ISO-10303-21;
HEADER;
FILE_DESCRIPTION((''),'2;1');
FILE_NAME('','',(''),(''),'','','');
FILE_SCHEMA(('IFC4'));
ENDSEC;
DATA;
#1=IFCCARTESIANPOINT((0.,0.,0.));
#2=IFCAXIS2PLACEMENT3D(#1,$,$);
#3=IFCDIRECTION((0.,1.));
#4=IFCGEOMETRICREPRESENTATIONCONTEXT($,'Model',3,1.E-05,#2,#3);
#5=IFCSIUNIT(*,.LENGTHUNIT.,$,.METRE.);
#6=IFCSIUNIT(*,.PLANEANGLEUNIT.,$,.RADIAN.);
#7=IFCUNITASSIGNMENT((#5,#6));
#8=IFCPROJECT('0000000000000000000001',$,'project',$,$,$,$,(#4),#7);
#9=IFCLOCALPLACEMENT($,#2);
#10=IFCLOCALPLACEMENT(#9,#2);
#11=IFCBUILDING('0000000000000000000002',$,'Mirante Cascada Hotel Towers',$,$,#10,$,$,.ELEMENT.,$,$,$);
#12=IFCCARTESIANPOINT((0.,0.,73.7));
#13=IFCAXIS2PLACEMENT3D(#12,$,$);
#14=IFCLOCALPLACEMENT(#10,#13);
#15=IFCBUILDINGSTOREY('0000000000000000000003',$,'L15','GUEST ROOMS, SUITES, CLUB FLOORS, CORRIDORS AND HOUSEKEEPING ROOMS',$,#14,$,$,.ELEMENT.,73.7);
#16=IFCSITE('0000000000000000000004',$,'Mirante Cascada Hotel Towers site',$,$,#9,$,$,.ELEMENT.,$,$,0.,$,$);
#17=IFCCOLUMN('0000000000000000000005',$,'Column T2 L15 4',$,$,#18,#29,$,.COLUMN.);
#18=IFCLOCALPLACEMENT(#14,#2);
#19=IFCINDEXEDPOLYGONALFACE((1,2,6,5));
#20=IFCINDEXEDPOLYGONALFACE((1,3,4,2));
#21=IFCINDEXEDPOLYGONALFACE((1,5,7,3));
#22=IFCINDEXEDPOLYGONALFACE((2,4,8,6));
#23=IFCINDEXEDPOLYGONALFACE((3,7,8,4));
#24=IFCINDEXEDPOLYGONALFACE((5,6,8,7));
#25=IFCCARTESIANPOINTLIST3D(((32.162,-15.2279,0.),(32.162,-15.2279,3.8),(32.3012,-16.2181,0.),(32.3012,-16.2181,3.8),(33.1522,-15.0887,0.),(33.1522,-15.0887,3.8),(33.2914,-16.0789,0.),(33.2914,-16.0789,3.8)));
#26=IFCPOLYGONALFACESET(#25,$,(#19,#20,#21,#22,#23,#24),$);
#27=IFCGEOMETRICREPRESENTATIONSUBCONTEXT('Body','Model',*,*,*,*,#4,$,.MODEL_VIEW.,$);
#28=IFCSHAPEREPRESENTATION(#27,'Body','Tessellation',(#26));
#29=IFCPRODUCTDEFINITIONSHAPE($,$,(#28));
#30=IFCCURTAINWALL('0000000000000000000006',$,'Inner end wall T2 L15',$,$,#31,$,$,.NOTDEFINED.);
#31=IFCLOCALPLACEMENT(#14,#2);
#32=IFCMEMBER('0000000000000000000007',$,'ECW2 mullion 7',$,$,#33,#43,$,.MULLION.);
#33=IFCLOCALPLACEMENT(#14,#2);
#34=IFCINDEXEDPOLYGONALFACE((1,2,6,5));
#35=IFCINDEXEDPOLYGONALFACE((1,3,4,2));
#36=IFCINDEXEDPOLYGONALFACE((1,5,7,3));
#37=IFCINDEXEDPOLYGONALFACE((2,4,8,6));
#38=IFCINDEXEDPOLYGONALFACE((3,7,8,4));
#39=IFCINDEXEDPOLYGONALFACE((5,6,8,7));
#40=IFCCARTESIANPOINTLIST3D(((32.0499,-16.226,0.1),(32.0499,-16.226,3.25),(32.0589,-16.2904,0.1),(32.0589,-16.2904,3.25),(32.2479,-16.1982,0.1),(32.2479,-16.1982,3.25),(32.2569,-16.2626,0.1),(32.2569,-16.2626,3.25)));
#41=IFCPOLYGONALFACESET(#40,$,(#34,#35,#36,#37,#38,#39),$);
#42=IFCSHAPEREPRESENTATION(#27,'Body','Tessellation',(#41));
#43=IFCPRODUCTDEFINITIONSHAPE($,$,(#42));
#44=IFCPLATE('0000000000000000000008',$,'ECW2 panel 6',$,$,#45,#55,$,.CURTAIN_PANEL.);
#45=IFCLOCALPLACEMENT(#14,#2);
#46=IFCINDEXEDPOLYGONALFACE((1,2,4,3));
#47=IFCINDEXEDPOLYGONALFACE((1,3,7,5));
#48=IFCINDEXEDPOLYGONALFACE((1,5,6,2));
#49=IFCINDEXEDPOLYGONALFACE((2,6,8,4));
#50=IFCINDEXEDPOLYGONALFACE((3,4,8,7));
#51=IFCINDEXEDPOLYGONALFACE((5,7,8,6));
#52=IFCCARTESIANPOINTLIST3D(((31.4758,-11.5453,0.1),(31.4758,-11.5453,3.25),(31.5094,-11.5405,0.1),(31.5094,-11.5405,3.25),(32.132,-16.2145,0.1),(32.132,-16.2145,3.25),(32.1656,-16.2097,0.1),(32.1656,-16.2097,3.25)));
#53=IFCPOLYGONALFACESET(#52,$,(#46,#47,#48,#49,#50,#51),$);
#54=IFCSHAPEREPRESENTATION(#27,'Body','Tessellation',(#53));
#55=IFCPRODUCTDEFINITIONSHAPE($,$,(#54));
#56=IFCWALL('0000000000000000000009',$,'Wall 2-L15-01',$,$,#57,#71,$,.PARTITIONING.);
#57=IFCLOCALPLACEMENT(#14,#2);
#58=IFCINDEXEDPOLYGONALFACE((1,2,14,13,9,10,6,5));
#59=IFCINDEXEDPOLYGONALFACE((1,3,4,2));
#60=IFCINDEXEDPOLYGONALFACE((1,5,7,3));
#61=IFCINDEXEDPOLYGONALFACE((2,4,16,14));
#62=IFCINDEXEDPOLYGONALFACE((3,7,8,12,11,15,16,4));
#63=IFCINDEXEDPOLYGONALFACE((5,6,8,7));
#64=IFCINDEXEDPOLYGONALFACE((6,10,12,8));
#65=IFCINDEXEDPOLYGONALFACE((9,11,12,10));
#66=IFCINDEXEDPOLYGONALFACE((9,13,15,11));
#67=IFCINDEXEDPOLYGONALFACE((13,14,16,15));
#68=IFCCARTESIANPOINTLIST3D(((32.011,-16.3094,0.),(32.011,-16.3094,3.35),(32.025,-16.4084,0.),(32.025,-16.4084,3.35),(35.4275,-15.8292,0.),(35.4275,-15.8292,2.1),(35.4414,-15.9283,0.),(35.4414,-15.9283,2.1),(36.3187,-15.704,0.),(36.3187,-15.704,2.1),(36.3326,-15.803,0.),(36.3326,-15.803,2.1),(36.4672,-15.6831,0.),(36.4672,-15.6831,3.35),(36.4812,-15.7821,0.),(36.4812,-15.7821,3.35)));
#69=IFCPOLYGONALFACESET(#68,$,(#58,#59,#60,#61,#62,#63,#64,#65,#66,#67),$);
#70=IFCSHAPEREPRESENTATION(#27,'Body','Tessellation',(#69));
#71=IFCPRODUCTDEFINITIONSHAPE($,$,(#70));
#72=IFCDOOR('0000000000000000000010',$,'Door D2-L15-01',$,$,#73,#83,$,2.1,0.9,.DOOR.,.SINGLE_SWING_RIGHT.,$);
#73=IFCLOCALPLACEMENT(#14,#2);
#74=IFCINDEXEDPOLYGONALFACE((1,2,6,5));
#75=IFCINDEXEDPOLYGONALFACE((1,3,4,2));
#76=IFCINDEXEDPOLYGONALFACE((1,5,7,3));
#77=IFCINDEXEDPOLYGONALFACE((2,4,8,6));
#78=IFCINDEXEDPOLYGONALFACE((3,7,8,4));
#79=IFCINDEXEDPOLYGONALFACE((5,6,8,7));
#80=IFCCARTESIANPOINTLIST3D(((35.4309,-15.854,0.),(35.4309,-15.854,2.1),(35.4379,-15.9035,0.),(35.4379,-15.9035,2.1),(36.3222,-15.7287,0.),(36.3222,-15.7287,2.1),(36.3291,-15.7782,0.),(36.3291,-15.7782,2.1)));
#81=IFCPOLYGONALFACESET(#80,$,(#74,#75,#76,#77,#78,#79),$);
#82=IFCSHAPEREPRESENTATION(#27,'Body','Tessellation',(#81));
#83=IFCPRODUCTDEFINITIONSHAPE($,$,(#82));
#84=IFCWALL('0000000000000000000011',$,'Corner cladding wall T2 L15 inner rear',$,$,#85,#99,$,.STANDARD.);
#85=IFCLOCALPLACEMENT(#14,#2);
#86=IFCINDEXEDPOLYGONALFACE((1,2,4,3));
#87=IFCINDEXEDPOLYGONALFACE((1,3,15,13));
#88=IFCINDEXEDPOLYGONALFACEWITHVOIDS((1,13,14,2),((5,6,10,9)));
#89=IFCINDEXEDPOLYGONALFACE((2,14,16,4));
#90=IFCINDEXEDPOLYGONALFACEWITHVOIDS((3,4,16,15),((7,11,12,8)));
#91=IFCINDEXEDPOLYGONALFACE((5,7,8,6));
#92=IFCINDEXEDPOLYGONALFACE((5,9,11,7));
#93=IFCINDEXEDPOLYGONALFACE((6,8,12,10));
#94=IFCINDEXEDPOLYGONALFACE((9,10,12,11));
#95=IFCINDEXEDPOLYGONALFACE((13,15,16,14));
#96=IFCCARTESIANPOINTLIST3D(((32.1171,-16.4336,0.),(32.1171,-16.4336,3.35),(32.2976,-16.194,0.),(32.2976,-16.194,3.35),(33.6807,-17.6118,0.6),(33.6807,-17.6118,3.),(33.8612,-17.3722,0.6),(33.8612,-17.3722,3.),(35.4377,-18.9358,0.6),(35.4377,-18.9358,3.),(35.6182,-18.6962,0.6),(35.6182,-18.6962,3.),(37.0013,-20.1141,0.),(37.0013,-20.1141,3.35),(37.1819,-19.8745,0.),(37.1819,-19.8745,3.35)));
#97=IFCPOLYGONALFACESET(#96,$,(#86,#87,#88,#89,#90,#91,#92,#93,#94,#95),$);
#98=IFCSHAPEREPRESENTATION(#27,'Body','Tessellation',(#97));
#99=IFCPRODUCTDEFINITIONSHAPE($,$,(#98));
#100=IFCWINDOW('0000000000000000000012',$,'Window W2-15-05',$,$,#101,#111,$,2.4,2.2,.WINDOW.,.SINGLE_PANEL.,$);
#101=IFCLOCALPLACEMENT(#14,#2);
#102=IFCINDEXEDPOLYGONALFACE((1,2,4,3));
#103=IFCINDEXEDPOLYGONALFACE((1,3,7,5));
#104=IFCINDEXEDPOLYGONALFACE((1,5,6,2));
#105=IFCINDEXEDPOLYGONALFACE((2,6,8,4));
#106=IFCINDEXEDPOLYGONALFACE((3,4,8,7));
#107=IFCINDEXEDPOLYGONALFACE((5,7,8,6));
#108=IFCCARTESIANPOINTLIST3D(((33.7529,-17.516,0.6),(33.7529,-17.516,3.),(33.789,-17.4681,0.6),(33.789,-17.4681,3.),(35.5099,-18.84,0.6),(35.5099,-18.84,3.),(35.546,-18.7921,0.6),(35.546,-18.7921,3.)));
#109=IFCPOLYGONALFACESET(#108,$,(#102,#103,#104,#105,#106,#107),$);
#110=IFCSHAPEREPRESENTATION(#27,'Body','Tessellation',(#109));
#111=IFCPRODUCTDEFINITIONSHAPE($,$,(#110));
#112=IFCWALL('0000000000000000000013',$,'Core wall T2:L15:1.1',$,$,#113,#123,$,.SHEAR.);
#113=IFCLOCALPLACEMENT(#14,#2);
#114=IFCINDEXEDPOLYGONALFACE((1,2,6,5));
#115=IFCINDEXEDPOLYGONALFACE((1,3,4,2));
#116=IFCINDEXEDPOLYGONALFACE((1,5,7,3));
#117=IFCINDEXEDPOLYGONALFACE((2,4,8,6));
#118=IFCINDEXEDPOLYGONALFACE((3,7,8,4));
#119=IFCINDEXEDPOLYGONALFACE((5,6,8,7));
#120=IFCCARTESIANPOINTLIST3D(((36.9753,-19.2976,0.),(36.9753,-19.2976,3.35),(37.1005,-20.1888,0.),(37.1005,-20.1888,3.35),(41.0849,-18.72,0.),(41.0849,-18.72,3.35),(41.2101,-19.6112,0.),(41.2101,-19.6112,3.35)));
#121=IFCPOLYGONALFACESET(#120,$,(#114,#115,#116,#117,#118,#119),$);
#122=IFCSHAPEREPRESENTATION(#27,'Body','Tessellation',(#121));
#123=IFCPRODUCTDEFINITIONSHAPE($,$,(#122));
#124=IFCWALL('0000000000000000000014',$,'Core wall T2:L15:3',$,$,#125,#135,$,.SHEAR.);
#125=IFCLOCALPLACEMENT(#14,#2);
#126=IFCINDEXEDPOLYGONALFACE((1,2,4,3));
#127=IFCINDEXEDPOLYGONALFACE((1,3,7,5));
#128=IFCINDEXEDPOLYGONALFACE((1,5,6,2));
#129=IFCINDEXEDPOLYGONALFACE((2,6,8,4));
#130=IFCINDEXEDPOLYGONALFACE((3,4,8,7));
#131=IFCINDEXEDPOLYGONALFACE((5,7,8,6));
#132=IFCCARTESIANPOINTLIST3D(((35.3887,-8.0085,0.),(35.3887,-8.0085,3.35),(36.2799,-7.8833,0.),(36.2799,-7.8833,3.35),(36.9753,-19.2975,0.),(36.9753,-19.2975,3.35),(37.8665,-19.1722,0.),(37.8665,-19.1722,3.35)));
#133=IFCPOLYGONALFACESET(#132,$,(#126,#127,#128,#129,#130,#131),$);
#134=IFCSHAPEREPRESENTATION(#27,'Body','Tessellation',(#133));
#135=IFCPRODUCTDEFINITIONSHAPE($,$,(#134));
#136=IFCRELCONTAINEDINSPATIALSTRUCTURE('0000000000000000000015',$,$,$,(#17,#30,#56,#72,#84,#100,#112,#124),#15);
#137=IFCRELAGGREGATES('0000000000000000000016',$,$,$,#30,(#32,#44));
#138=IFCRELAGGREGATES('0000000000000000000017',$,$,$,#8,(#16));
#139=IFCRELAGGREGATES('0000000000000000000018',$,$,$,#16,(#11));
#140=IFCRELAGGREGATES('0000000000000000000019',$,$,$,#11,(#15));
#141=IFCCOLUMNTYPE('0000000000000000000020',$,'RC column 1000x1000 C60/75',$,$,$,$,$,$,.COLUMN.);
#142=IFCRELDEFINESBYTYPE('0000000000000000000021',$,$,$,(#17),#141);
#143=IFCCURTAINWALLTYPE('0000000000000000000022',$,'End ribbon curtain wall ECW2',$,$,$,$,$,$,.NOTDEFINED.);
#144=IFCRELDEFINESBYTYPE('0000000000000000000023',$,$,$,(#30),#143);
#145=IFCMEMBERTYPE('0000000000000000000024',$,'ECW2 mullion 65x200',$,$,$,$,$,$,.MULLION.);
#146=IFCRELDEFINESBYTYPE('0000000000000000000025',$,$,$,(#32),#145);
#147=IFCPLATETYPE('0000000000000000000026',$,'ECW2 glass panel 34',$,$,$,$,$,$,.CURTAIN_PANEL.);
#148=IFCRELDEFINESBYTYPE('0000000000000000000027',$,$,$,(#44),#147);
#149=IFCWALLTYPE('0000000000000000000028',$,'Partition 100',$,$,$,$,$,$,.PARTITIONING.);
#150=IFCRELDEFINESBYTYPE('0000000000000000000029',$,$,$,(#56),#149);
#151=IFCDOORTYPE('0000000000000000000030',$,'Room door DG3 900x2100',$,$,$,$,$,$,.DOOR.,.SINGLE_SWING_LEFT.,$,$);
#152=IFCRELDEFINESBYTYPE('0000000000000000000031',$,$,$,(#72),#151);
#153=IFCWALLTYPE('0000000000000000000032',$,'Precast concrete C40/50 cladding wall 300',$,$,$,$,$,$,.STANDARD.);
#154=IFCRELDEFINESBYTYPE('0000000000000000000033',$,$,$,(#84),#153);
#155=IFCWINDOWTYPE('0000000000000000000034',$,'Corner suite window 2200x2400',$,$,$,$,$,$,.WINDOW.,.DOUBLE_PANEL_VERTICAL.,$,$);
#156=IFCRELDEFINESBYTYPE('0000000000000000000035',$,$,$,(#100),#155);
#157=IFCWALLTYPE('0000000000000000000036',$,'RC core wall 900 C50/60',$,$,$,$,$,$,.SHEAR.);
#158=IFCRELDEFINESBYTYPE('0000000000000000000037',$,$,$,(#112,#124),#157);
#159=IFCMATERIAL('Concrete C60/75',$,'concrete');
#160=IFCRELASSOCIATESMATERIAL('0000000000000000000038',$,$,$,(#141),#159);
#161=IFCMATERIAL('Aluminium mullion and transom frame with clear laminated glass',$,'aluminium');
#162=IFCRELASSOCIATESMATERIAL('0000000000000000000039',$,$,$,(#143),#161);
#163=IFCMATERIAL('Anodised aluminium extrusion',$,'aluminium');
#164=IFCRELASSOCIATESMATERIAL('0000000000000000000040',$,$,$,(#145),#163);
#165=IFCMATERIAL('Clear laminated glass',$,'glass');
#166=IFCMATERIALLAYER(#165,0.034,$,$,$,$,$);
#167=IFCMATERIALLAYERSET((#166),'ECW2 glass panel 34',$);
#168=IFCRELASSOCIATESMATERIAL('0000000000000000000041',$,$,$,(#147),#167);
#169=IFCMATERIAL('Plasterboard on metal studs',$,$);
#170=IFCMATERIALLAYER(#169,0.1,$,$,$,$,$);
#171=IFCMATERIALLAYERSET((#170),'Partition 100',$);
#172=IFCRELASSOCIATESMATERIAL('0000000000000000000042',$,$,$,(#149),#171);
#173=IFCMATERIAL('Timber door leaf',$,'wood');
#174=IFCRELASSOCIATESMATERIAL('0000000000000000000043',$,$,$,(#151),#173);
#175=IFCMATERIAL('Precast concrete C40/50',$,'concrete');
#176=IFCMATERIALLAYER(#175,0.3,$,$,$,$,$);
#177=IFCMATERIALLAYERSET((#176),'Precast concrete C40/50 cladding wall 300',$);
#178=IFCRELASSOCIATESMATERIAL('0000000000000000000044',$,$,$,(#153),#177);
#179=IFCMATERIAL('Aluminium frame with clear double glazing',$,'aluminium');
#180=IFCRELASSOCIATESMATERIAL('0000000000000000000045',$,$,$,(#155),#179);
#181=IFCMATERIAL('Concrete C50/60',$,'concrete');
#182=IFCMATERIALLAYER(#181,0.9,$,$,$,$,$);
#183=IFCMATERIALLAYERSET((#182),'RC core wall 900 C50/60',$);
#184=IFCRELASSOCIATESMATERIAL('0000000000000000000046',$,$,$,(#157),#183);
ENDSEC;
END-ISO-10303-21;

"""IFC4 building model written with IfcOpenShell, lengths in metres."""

from ifc_helpers import new_model, si_unit, direction, frame, frame_2d, origin, origin_2d, place, context, subcontext, project, spatial, rectangle, extrude, material, layer, layer_set, material_profile, profile_set, type_object, element, fill, aggregate, save


model = new_model("IFC4")

# Units and contexts
model_context = context("Model", 3, precision=1e-05, world=origin(), true_north=direction((0.0, 1.0)))
body_context = subcontext(model_context, "Body", "Model", "MODEL_VIEW")
ifc_project = project(units=[si_unit("LENGTHUNIT", "METRE"), si_unit("PLANEANGLEUNIT", "RADIAN")], contexts=[model_context])

# Site, building, storey
site_placement = place(None, origin())
site = spatial("IfcSite", under=ifc_project, at=site_placement, Name="Mirante Cascada Hotel Towers site", CompositionType="ELEMENT", RefElevation=0.0)
building_placement = place(site_placement, origin())
building = spatial("IfcBuilding", under=site, at=building_placement, Name="Mirante Cascada Hotel Towers", CompositionType="ELEMENT")
storey_placement = place(building_placement, frame((0.0, 0.0, 73.7)))
storey = spatial("IfcBuildingStorey", under=building, at=storey_placement, Name="L15", Description="GUEST ROOMS, SUITES, CLUB FLOORS, CORRIDORS AND HOUSEKEEPING ROOMS", CompositionType="ELEMENT", Elevation=73.7)

# Column
ifc_material_1 = material(Name="Concrete C60/75", Category="concrete")
ifc_material_profile_1 = material_profile(ifc_material_1, rectangle(XDim=1.0, YDim=1.0, at=origin_2d()), Name="RC column 1000x1000 C60/75")
ifc_profile_set_1 = profile_set([ifc_material_profile_1], Name="Concrete C60/75")
column_type = type_object("IfcColumnType", Name="RC column 1000x1000 C60/75", PredefinedType="COLUMN", material=ifc_profile_set_1)
column_placement = place(storey_placement, frame((32.7267, -15.6534, 0.0), z_axis=(0.0, 0.0, 1.0), x_axis=(0.990268, 0.139173, 0.0)))
element("IfcColumn", 1, at=column_placement, inside=storey, type_object=column_type, Name="Column T2 L15 4", PredefinedType="COLUMN", context=body_context, shape_type="SweptSolid", body=[
    extrude(rectangle(XDim=1.0, YDim=1.0, at=origin_2d()), origin(), (0.0, 0.0, 1.0), 3.8),
])

# Curtain wall, member, plate
ifc_material_2 = material(Name="Aluminium mullion and transom frame with clear laminated glass", Category="aluminium")
curtain_wall_type = type_object("IfcCurtainWallType", Name="End ribbon curtain wall ECW2", PredefinedType="NOTDEFINED", material=ifc_material_2)
curtain_wall_placement = place(storey_placement, origin())
curtain_wall = element("IfcCurtainWall", 2, at=curtain_wall_placement, inside=storey, type_object=curtain_wall_type, Name="Inner end wall T2 L15", PredefinedType="NOTDEFINED")
ifc_material_3 = material(Name="Anodised aluminium extrusion", Category="aluminium")
ifc_material_profile_2 = material_profile(ifc_material_3, rectangle(XDim=0.2, YDim=0.065, at=origin_2d()), Name="ECW2 MULLION 65x200")
ifc_profile_set_2 = profile_set([ifc_material_profile_2], Name="Anodised aluminium extrusion")
member_type = type_object("IfcMemberType", Name="ECW2 mullion 65x200", PredefinedType="MULLION", material=ifc_profile_set_2)
member_placement = place(storey_placement, frame((32.1534, -16.2443, 0.1), z_axis=(0.0, 0.0, 1.0), x_axis=(0.990268, 0.139173, 0.0)))
member = element("IfcMember", 3, at=member_placement, type_object=member_type, Name="ECW2 mullion 7", PredefinedType="MULLION", context=body_context, shape_type="SweptSolid", body=[
    extrude(rectangle(XDim=0.2, YDim=0.065, at=origin_2d()), origin(), (0.0, 0.0, 1.0), 3.15),
])
ifc_material_4 = material(Name="Clear laminated glass", Category="glass")
ifc_layer_1 = layer(ifc_material_4, 0.034)
ifc_layer_set_1 = layer_set([ifc_layer_1], Name="ECW2 glass panel 34")
plate_type = type_object("IfcPlateType", Name="ECW2 glass panel 34", PredefinedType="CURTAIN_PANEL", material=ifc_layer_set_1)
plate_placement = place(storey_placement, frame((31.8207, -13.8775, 0.1), z_axis=(0.0, 0.0, 1.0), x_axis=(0.139173, -0.990268, 0.0)))
plate = element("IfcPlate", 4, at=plate_placement, type_object=plate_type, Name="ECW2 panel 6", PredefinedType="CURTAIN_PANEL", context=body_context, shape_type="SweptSolid", body=[
    extrude(rectangle(XDim=4.7151, YDim=0.034, at=origin_2d()), origin(), (0.0, 0.0, 1.0), 3.15),
])
aggregate(curtain_wall, [member, plate])

# Wall, opening, door
ifc_material_5 = material(Name="Plasterboard on metal studs")
ifc_layer_2 = layer(ifc_material_5, 0.1)
ifc_layer_set_2 = layer_set([ifc_layer_2], Name="Partition 100")
wall_type_1 = type_object("IfcWallType", Name="Partition 100", PredefinedType="PARTITIONING", material=ifc_layer_set_2)
wall_1_placement = place(storey_placement, frame((36.4742, -15.7326, 0.0), z_axis=(0.0, 0.0, 1.0), x_axis=(-0.990267, -0.139178, 0.0)))
wall_1 = element("IfcWall", 5, at=wall_1_placement, inside=storey, type_object=wall_type_1, Name="Wall 2-L15-01", PredefinedType="PARTITIONING", context=body_context, shape_type="SweptSolid", body=[
    extrude(rectangle(XDim=4.5, YDim=0.1, at=frame_2d((2.25, 0.0))), origin(), (0.0, 0.0, 1.0), 3.35),
])
opening_1_placement = place(wall_1_placement, frame((0.15, 0.0, 0.0)))
opening_1 = element("IfcOpeningElement", 6, at=opening_1_placement, cuts=wall_1, PredefinedType="OPENING", context=body_context, shape_type="SweptSolid", body=[
    extrude(rectangle(XDim=0.9, YDim=2.1, at=frame_2d((0.45, 1.05))), frame((0.0, 0.05, 0.0), z_axis=(0.0, -1.0, 0.0), x_axis=(1.0, 0.0, 0.0)), (0.0, 0.0, 1.0), 0.1),
])
ifc_material_6 = material(Name="Timber door leaf", Category="wood")
door_type = type_object("IfcDoorType", Name="Room door DG3 900x2100", OperationType="SINGLE_SWING_LEFT", PredefinedType="DOOR", material=ifc_material_6)
door_placement = place(opening_1_placement, frame((0.9, 0.0, 0.0), z_axis=(0.0, 0.0, 1.0), x_axis=(-1.0, 0.0, 0.0)))
door = element("IfcDoor", 7, at=door_placement, inside=storey, type_object=door_type, Name="Door D2-L15-01", OperationType="SINGLE_SWING_RIGHT", OverallHeight=2.1, OverallWidth=0.9, PredefinedType="DOOR", context=body_context, shape_type="SweptSolid", body=[
    extrude(rectangle(XDim=0.9, YDim=2.1, at=frame_2d((0.45, 1.05))), frame((0.0, 0.025, 0.0), z_axis=(0.0, -1.0, 0.0), x_axis=(1.0, 0.0, 0.0)), (0.0, 0.0, 1.0), 0.05),
])
fill(opening_1, door)

# Wall, opening, window
ifc_material_7 = material(Name="Precast concrete C40/50", Category="concrete")
ifc_layer_3 = layer(ifc_material_7, 0.3)
ifc_layer_set_3 = layer_set([ifc_layer_3], Name="Precast concrete C40/50 cladding wall 300")
wall_type_2 = type_object("IfcWallType", Name="Precast concrete C40/50 cladding wall 300", PredefinedType="STANDARD", material=ifc_layer_set_3)
wall_2_placement = place(storey_placement, frame((32.2074, -16.3138, 0.0), z_axis=(0.0, 0.0, 1.0), x_axis=(0.798636, -0.601814, 0.0)))
wall_2 = element("IfcWall", 8, at=wall_2_placement, inside=storey, type_object=wall_type_2, Name="Corner cladding wall T2 L15 inner rear", PredefinedType="STANDARD", context=body_context, shape_type="SweptSolid", body=[
    extrude(rectangle(XDim=6.1157, YDim=0.3, at=frame_2d((3.0578, 0.0))), origin(), (0.0, 0.0, 1.0), 3.35),
])
opening_2_placement = place(wall_2_placement, frame((1.9578, 0.0, 0.6)))
opening_2 = element("IfcOpeningElement", 9, at=opening_2_placement, cuts=wall_2, PredefinedType="OPENING", context=body_context, shape_type="SweptSolid", body=[
    extrude(rectangle(XDim=2.2, YDim=2.4, at=frame_2d((1.1, 1.2))), frame((0.0, 0.15, 0.0), z_axis=(0.0, -1.0, 0.0), x_axis=(1.0, 0.0, 0.0)), (0.0, 0.0, 1.0), 0.3),
])
ifc_material_8 = material(Name="Aluminium frame with clear double glazing", Category="aluminium")
window_type = type_object("IfcWindowType", Name="Corner suite window 2200x2400", PartitioningType="DOUBLE_PANEL_VERTICAL", PredefinedType="WINDOW", material=ifc_material_8)
window_placement = place(opening_2_placement, origin())
window = element("IfcWindow", 10, at=window_placement, inside=storey, type_object=window_type, Name="Window W2-15-05", OverallHeight=2.4, OverallWidth=2.2, PartitioningType="SINGLE_PANEL", PredefinedType="WINDOW", context=body_context, shape_type="SweptSolid", body=[
    extrude(rectangle(XDim=2.2, YDim=2.4, at=frame_2d((1.1, 1.2))), frame((0.0, 0.03, 0.0), z_axis=(0.0, -1.0, 0.0), x_axis=(1.0, 0.0, 0.0)), (0.0, 0.0, 1.0), 0.06),
])
fill(opening_2, window)

# Walls
ifc_material_9 = material(Name="Concrete C50/60", Category="concrete")
ifc_layer_4 = layer(ifc_material_9, 0.9)
ifc_layer_set_4 = layer_set([ifc_layer_4], Name="RC core wall 900 C50/60")
wall_type_3 = type_object("IfcWallType", Name="RC core wall 900 C50/60", PredefinedType="SHEAR", material=ifc_layer_set_4)
wall_3_placement = place(storey_placement, frame((37.0379, -19.7432, 0.0), z_axis=(0.0, 0.0, 1.0), x_axis=(0.990267, 0.139181, 0.0)))
element("IfcWall", 11, at=wall_3_placement, inside=storey, type_object=wall_type_3, Name="Core wall T2:L15:1.1", PredefinedType="SHEAR", context=body_context, shape_type="SweptSolid", body=[
    extrude(rectangle(XDim=4.15, YDim=0.9, at=frame_2d((2.075, 0.0))), origin(), (0.0, 0.0, 1.0), 3.35),
])
wall_4_placement = place(storey_placement, frame((37.4209, -19.2349, 0.0), z_axis=(0.0, 0.0, 1.0), x_axis=(-0.139176, 0.990268, 0.0)))
element("IfcWall", 12, at=wall_4_placement, inside=storey, type_object=wall_type_3, Name="Core wall T2:L15:3", PredefinedType="SHEAR", context=body_context, shape_type="SweptSolid", body=[
    extrude(rectangle(XDim=11.3999, YDim=0.9, at=frame_2d((5.7, 0.0))), origin(), (0.0, 0.0, 1.0), 3.35),
])

save(model, "model.ifc")
